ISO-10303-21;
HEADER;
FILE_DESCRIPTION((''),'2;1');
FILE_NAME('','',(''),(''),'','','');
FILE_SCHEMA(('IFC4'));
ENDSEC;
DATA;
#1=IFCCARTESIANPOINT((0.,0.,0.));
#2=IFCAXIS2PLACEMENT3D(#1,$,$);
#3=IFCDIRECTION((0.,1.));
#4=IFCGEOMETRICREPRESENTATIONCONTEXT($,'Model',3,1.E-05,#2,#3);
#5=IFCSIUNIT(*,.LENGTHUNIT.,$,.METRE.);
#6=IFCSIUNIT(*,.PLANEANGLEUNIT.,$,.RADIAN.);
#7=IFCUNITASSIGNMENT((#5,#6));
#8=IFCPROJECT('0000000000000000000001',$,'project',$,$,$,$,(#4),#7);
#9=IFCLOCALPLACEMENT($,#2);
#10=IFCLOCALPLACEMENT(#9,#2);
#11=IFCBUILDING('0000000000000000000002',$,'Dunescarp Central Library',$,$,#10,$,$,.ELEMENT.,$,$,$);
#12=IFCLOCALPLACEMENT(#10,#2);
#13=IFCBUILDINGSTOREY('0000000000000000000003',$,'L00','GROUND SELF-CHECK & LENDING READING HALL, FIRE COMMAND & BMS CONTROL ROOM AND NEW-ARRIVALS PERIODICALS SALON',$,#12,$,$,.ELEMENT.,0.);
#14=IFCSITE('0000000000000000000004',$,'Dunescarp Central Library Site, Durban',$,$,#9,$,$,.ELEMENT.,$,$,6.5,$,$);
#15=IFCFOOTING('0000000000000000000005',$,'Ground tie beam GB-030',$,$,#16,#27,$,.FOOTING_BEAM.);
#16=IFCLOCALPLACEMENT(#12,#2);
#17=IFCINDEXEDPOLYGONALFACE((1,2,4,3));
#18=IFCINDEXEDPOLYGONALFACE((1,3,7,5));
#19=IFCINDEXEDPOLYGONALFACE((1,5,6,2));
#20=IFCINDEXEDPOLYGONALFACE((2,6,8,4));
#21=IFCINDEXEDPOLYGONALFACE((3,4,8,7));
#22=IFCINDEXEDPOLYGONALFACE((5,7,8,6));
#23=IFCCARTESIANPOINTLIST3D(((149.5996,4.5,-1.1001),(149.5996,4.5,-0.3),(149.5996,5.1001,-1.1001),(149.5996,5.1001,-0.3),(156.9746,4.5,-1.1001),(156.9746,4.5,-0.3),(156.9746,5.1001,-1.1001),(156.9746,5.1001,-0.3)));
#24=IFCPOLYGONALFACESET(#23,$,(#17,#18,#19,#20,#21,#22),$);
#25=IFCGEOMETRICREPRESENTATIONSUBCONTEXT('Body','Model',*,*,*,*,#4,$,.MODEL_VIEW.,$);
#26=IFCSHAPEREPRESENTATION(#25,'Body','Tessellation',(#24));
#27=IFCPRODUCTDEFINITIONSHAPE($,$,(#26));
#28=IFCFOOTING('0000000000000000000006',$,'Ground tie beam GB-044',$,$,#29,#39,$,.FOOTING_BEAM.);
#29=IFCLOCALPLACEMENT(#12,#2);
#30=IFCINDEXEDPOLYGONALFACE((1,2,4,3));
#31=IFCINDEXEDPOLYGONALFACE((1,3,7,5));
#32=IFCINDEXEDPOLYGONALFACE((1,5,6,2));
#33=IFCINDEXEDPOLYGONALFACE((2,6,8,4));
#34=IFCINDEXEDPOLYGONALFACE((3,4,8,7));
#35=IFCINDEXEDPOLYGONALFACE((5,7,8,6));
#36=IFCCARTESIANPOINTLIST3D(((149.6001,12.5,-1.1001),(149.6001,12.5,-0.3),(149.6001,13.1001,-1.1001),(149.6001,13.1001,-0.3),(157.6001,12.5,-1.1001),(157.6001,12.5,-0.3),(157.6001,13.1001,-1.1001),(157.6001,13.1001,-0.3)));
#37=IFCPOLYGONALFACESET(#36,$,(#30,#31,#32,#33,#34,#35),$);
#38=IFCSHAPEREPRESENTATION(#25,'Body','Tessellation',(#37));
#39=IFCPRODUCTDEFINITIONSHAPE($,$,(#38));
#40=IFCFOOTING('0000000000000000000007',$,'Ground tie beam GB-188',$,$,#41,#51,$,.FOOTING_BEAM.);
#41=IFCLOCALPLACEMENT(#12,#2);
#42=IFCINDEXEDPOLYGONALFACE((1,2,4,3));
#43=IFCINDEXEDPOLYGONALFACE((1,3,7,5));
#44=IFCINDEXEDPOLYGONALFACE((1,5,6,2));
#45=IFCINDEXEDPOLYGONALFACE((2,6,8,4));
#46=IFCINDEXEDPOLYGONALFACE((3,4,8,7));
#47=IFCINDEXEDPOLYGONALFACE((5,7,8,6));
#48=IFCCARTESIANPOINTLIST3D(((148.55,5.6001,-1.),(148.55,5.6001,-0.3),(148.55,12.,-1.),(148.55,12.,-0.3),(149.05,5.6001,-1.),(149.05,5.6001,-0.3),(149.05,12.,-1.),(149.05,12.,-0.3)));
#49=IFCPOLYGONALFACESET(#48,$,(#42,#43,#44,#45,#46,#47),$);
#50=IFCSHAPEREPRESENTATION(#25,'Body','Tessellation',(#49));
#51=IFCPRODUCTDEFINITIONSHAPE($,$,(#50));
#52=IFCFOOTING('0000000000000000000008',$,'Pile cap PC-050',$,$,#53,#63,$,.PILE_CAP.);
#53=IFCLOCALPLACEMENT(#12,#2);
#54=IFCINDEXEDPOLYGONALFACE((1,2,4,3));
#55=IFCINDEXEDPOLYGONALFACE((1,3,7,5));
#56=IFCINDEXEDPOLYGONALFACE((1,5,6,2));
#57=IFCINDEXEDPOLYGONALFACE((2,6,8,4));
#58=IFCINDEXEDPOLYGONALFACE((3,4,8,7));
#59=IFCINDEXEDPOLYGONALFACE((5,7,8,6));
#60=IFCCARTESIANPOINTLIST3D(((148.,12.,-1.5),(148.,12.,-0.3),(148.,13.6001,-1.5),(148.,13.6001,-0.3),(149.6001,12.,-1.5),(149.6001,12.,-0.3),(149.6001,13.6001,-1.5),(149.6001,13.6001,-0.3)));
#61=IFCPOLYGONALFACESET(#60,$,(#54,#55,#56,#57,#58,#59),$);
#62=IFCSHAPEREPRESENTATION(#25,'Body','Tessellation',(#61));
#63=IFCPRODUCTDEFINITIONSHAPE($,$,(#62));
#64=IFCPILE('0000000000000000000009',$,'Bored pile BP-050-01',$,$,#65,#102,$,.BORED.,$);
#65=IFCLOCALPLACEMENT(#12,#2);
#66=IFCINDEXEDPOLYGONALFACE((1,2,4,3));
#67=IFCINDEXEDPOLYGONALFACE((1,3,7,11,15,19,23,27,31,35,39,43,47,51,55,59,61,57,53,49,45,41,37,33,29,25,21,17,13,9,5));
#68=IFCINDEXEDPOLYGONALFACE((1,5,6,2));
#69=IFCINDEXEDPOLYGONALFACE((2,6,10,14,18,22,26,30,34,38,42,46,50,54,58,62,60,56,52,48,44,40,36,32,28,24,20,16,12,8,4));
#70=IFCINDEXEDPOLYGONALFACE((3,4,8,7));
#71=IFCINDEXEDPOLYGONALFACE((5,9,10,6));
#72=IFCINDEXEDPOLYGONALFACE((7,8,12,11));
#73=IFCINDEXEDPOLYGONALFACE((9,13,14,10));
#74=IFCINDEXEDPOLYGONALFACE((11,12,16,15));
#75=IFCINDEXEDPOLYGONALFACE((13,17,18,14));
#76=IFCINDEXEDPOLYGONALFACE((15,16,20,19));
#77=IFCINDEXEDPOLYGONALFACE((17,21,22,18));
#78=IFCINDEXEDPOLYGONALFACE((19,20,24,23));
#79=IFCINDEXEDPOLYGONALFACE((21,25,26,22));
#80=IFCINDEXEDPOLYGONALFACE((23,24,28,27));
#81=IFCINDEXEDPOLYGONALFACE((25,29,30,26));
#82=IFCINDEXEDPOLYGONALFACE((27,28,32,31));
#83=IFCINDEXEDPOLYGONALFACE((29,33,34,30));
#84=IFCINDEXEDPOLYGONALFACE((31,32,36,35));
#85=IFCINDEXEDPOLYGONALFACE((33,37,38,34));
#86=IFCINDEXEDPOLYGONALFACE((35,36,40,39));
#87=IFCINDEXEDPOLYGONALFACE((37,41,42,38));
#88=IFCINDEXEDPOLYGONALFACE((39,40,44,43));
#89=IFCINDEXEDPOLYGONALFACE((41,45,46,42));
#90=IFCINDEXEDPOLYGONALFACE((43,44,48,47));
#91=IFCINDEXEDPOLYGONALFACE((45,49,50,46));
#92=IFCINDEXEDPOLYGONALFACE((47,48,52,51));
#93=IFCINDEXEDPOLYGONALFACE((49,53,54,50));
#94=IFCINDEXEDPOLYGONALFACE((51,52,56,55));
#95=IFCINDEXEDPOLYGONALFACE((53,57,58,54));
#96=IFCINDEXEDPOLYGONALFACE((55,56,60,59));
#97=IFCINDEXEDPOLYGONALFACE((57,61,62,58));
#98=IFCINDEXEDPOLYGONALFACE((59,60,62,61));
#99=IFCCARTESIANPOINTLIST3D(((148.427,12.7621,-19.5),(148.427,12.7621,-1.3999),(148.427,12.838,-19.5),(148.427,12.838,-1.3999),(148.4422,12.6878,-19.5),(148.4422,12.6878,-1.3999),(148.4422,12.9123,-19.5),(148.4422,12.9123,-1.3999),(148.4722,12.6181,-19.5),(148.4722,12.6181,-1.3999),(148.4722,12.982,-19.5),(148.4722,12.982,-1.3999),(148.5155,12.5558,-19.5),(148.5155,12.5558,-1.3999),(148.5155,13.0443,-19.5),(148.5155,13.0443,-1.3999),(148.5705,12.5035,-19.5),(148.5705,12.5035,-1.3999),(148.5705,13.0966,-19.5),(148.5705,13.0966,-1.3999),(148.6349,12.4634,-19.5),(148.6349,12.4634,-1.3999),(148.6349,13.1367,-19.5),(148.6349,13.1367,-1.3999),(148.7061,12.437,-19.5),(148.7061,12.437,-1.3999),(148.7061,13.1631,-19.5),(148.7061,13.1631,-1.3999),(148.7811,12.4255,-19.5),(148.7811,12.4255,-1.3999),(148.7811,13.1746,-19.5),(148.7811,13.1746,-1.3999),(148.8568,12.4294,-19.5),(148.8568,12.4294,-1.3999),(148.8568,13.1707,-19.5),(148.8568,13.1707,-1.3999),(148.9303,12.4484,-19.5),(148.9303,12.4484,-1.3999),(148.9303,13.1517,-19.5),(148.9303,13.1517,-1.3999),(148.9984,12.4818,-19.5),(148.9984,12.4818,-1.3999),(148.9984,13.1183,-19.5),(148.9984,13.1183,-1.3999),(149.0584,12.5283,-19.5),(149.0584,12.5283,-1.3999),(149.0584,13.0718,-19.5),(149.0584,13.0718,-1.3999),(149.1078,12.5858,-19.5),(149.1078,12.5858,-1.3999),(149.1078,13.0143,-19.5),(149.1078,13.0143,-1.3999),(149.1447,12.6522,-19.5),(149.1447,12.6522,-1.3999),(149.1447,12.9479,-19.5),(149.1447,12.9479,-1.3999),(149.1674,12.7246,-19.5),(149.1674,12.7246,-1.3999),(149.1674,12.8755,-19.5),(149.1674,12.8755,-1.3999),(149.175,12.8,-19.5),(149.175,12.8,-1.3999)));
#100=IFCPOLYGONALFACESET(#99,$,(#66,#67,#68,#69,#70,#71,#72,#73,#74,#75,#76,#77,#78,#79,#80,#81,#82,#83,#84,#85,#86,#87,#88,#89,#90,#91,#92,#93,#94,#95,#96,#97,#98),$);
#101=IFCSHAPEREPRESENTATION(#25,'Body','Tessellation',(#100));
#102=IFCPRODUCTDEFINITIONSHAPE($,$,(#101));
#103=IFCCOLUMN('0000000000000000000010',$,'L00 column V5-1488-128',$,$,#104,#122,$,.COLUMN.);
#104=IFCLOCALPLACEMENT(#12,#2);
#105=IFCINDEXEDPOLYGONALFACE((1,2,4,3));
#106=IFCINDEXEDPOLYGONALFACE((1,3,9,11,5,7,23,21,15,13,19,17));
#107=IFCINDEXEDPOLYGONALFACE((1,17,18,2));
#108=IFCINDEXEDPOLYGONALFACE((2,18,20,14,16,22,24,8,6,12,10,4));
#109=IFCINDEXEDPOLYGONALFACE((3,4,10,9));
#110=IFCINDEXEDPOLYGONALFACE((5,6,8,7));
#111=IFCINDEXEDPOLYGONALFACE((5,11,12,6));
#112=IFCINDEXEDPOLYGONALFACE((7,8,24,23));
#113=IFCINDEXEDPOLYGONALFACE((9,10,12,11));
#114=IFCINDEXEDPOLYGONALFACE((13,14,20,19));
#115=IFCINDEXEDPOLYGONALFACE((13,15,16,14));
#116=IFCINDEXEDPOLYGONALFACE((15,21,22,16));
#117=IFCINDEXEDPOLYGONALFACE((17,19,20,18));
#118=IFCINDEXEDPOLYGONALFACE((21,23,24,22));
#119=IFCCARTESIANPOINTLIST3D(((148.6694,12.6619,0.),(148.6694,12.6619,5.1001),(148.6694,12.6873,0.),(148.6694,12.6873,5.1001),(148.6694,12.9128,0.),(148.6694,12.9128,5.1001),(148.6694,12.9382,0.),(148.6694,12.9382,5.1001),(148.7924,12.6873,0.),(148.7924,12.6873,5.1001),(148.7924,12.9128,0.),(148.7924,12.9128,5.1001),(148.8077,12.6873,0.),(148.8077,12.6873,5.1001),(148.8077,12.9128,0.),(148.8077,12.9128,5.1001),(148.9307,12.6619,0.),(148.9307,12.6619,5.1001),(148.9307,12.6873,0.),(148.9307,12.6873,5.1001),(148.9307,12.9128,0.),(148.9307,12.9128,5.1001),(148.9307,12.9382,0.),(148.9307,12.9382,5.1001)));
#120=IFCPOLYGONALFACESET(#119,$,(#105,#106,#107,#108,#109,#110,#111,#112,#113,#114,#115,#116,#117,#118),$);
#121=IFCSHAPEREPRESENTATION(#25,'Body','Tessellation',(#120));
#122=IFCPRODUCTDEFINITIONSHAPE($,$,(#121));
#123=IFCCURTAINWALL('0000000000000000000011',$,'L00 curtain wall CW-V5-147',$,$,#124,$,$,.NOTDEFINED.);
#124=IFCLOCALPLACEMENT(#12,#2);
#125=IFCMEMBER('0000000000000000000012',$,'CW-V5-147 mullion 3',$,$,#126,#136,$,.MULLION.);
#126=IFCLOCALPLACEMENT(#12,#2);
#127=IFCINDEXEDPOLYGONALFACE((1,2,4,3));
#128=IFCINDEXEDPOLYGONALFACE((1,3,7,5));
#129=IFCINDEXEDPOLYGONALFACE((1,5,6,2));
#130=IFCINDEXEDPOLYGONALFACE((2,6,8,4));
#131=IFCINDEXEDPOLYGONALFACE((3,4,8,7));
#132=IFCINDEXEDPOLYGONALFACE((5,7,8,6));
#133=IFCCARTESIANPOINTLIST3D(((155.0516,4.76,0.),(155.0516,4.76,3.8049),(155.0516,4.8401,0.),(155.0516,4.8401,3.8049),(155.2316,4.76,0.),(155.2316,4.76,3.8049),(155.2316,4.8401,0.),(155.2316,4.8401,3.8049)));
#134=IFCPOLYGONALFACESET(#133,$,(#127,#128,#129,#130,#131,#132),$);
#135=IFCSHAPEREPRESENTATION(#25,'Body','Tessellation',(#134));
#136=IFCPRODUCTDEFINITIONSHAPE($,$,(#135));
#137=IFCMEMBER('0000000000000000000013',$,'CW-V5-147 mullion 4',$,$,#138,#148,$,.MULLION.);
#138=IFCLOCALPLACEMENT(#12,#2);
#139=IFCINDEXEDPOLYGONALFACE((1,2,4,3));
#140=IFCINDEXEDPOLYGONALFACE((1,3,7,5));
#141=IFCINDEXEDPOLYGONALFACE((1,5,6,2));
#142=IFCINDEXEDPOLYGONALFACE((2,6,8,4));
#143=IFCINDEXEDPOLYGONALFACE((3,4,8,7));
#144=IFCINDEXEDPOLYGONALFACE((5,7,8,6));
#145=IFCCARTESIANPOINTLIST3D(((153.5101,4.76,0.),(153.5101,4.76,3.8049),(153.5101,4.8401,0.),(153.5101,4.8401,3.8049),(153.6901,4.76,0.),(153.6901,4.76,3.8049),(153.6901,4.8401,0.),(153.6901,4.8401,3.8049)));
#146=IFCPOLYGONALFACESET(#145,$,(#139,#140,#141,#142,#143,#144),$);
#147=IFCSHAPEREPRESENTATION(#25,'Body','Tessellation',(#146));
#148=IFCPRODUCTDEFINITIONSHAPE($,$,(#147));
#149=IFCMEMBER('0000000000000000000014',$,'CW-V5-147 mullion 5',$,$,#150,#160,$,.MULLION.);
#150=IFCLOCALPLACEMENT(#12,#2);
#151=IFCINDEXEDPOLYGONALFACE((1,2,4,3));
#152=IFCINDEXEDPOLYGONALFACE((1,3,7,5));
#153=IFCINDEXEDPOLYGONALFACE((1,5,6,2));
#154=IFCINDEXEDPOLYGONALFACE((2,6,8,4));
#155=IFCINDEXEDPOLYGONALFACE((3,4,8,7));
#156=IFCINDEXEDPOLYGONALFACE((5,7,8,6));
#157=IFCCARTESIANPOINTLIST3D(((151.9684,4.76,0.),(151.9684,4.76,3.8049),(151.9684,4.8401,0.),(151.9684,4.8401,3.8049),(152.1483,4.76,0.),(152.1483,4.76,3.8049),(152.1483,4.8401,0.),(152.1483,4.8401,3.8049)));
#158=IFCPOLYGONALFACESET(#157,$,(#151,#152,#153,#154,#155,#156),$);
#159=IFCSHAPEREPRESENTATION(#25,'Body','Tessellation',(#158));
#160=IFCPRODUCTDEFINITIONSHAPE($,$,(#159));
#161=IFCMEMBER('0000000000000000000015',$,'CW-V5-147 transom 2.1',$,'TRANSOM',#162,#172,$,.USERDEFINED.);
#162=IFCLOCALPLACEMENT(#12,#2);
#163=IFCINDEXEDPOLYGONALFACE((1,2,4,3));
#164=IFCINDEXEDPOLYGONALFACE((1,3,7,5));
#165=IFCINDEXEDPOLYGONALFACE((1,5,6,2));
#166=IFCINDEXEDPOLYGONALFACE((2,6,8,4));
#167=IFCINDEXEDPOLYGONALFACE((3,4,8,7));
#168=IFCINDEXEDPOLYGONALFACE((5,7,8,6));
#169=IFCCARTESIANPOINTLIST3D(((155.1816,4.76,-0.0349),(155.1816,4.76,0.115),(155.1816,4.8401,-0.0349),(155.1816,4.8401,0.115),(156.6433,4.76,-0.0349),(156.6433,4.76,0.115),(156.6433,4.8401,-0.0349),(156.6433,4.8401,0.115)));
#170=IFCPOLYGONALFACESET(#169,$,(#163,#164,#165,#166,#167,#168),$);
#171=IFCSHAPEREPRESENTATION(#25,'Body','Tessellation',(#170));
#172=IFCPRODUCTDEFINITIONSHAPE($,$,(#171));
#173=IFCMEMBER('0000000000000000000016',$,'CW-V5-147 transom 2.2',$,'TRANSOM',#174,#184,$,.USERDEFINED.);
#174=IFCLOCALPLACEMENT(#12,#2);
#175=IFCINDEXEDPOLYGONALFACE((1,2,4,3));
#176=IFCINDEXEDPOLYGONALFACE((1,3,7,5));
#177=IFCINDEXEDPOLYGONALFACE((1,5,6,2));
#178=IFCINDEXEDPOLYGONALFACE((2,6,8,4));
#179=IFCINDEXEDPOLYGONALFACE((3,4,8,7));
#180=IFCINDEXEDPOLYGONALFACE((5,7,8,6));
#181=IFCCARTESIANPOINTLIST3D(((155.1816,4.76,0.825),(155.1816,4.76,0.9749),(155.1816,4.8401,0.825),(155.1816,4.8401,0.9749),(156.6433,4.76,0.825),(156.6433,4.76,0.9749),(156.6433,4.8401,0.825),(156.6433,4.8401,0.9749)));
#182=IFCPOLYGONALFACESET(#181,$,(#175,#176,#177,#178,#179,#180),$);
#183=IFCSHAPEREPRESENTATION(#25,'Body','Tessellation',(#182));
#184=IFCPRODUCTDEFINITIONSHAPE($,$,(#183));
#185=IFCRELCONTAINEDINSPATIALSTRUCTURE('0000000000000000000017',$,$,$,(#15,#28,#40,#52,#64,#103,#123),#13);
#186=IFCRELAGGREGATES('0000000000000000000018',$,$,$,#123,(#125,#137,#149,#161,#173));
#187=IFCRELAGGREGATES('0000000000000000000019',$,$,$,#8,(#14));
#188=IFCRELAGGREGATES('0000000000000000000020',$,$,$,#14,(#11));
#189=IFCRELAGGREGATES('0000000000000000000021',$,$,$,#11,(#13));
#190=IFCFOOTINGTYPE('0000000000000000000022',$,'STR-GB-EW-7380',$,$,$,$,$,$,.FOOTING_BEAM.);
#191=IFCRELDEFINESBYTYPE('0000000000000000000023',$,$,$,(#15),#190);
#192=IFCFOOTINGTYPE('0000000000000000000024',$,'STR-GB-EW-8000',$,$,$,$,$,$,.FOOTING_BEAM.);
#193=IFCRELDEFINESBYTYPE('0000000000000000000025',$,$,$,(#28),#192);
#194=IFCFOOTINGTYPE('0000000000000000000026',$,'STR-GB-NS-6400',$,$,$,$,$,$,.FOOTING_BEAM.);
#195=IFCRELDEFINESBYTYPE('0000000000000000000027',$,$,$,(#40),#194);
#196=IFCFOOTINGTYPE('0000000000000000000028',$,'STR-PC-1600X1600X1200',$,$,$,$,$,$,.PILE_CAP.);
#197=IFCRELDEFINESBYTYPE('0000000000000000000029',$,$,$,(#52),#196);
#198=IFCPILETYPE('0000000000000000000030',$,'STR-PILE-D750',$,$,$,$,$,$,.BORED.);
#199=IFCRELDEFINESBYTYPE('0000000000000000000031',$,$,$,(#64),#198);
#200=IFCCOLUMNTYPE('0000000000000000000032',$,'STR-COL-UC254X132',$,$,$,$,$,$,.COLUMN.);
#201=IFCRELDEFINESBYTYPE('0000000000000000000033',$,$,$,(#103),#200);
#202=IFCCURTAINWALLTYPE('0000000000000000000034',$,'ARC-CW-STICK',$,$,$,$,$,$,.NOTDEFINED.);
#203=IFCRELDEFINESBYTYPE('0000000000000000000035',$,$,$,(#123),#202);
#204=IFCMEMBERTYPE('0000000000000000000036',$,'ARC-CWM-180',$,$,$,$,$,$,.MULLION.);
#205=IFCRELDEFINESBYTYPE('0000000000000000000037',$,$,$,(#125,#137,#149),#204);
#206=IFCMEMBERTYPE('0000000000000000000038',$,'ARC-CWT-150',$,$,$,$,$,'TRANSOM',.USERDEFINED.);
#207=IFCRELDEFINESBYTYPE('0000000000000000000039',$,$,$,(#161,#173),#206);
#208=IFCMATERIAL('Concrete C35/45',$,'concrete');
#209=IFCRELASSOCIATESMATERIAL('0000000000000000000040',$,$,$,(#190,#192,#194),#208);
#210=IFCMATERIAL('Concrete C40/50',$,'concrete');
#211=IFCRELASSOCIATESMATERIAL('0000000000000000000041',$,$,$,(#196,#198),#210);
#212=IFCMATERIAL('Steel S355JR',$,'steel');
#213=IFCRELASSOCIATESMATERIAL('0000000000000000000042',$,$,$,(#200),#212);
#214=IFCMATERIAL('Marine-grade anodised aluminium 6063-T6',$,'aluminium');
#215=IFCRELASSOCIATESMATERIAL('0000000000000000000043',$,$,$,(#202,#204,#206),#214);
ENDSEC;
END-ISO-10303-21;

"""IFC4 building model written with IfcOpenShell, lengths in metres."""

from ifc_helpers import new_model, si_unit, direction, frame, origin, origin_2d, place, context, subcontext, project, spatial, rectangle, circle, i_section, extrude, material, material_profile, profile_set, type_object, element, aggregate, save


model = new_model("IFC4")

# Units and contexts
model_context = context("Model", 3, precision=1e-05, world=origin(), true_north=direction((0.0, 1.0)))
body_context = subcontext(model_context, "Body", "Model", "MODEL_VIEW")
ifc_project = project(units=[si_unit("LENGTHUNIT", "METRE"), si_unit("PLANEANGLEUNIT", "RADIAN")], contexts=[model_context])

# Site, building, storey
site_placement = place(None, origin())
site = spatial("IfcSite", under=ifc_project, at=site_placement, Name="Dunescarp Central Library Site, Durban", CompositionType="ELEMENT", RefElevation=6.5)
building_placement = place(site_placement, origin())
building = spatial("IfcBuilding", under=site, at=building_placement, Name="Dunescarp Central Library", CompositionType="ELEMENT")
storey_placement = place(building_placement, origin())
storey = spatial("IfcBuildingStorey", under=building, at=storey_placement, Name="L00", Description="GROUND SELF-CHECK & LENDING READING HALL, FIRE COMMAND & BMS CONTROL ROOM AND NEW-ARRIVALS PERIODICALS SALON", CompositionType="ELEMENT", Elevation=0.0)

# Footings
ifc_material_1 = material(Name="Concrete C35/45", Category="concrete")
footing_type_1 = type_object("IfcFootingType", Name="STR-GB-EW-7380", PredefinedType="FOOTING_BEAM", material=ifc_material_1)
footing_1_placement = place(storey_placement, frame((153.2871, 4.8, -1.1001), z_axis=(0.0, 0.0, 1.0), x_axis=(1.0, 0.0, 0.0)))
element("IfcFooting", 1, at=footing_1_placement, inside=storey, type_object=footing_type_1, Name="Ground tie beam GB-030", PredefinedType="FOOTING_BEAM", context=body_context, shape_type="SweptSolid", body=[
    extrude(rectangle(XDim=7.375, YDim=0.6001, at=origin_2d()), origin(), (0.0, 0.0, 1.0), 0.8),
])
footing_type_2 = type_object("IfcFootingType", Name="STR-GB-EW-8000", PredefinedType="FOOTING_BEAM", material=ifc_material_1)
footing_2_placement = place(storey_placement, frame((153.6001, 12.8, -1.1001), z_axis=(0.0, 0.0, 1.0), x_axis=(1.0, 0.0, 0.0)))
element("IfcFooting", 2, at=footing_2_placement, inside=storey, type_object=footing_type_2, Name="Ground tie beam GB-044", PredefinedType="FOOTING_BEAM", context=body_context, shape_type="SweptSolid", body=[
    extrude(rectangle(XDim=8.0, YDim=0.6001, at=origin_2d()), origin(), (0.0, 0.0, 1.0), 0.8),
])
footing_type_3 = type_object("IfcFootingType", Name="STR-GB-NS-6400", PredefinedType="FOOTING_BEAM", material=ifc_material_1)
footing_3_placement = place(storey_placement, frame((148.8, 8.8, -1.0), z_axis=(0.0, 0.0, 1.0), x_axis=(0.0, 1.0, 0.0)))
element("IfcFooting", 3, at=footing_3_placement, inside=storey, type_object=footing_type_3, Name="Ground tie beam GB-188", PredefinedType="FOOTING_BEAM", context=body_context, shape_type="SweptSolid", body=[
    extrude(rectangle(XDim=6.3999, YDim=0.5, at=origin_2d()), origin(), (0.0, 0.0, 1.0), 0.7),
])
ifc_material_2 = material(Name="Concrete C40/50", Category="concrete")
footing_type_4 = type_object("IfcFootingType", Name="STR-PC-1600X1600X1200", PredefinedType="PILE_CAP", material=ifc_material_2)
footing_4_placement = place(storey_placement, frame((148.8, 12.8, -1.5), z_axis=(0.0, 0.0, 1.0), x_axis=(1.0, 0.0, 0.0)))
element("IfcFooting", 4, at=footing_4_placement, inside=storey, type_object=footing_type_4, Name="Pile cap PC-050", PredefinedType="PILE_CAP", context=body_context, shape_type="SweptSolid", body=[
    extrude(rectangle(XDim=1.6001, YDim=1.6001, at=origin_2d()), origin(), (0.0, 0.0, 1.0), 1.2),
])

# Pile
ifc_material_profile_1 = material_profile(ifc_material_2, circle(Radius=0.375, at=origin_2d()), Name="PILE D750")
ifc_profile_set_1 = profile_set([ifc_material_profile_1], Name="Concrete C40/50")
pile_type = type_object("IfcPileType", Name="STR-PILE-D750", PredefinedType="BORED", material=ifc_profile_set_1)
pile_placement = place(storey_placement, frame((148.8, 12.8, -1.3999), z_axis=(0.0, 0.0, -1.0), x_axis=(1.0, 0.0, 0.0)))
element("IfcPile", 5, at=pile_placement, inside=storey, type_object=pile_type, Name="Bored pile BP-050-01", PredefinedType="BORED", context=body_context, shape_type="SweptSolid", body=[
    extrude(circle(Radius=0.375, at=origin_2d()), origin(), (0.0, 0.0, 1.0), 18.1001),
])

# Column
ifc_material_3 = material(Name="Steel S355JR", Category="steel")
ifc_material_profile_2 = material_profile(ifc_material_3, i_section(OverallWidth=0.2612, OverallDepth=0.2764, WebThickness=0.0154, FlangeThickness=0.0254, at=origin_2d()), Name="UC 254x254x132")
ifc_profile_set_2 = profile_set([ifc_material_profile_2], Name="Steel S355JR")
column_type = type_object("IfcColumnType", Name="STR-COL-UC254X132", PredefinedType="COLUMN", material=ifc_profile_set_2)
column_placement = place(storey_placement, frame((148.8, 12.8, 0.0), z_axis=(0.0, 0.0, 1.0), x_axis=(1.0, 0.0, 0.0)))
element("IfcColumn", 6, at=column_placement, inside=storey, type_object=column_type, Name="L00 column V5-1488-128", PredefinedType="COLUMN", context=body_context, shape_type="SweptSolid", body=[
    extrude(i_section(OverallWidth=0.2612, OverallDepth=0.2764, WebThickness=0.0154, FlangeThickness=0.0254, at=origin_2d()), origin(), (0.0, 0.0, 1.0), 5.1001),
])

# Curtain wall, members
ifc_material_4 = material(Name="Marine-grade anodised aluminium 6063-T6", Category="aluminium")
curtain_wall_type = type_object("IfcCurtainWallType", Name="ARC-CW-STICK", PredefinedType="NOTDEFINED", material=ifc_material_4)
curtain_wall_placement = place(storey_placement, origin())
curtain_wall = element("IfcCurtainWall", 7, at=curtain_wall_placement, inside=storey, type_object=curtain_wall_type, Name="L00 curtain wall CW-V5-147", PredefinedType="NOTDEFINED")
ifc_material_profile_3 = material_profile(ifc_material_4, rectangle(XDim=0.0801, YDim=0.1799, at=origin_2d()), Name="AL 80x180")
ifc_profile_set_3 = profile_set([ifc_material_profile_3], Name="Marine-grade anodised aluminium 6063-T6")
member_type_1 = type_object("IfcMemberType", Name="ARC-CWM-180", PredefinedType="MULLION", material=ifc_profile_set_3)
member_1_placement = place(storey_placement, frame((155.1416, 4.8, 0.0), z_axis=(0.0, 0.0, 1.0), x_axis=(0.0, -1.0, 0.0)))
member_1 = element("IfcMember", 8, at=member_1_placement, type_object=member_type_1, Name="CW-V5-147 mullion 3", PredefinedType="MULLION", context=body_context, shape_type="SweptSolid", body=[
    extrude(rectangle(XDim=0.0801, YDim=0.1799, at=origin_2d()), origin(), (0.0, 0.0, 1.0), 3.8049),
])
member_2_placement = place(storey_placement, frame((153.6001, 4.8, 0.0), z_axis=(0.0, 0.0, 1.0), x_axis=(0.0, -1.0, 0.0)))
member_2 = element("IfcMember", 9, at=member_2_placement, type_object=member_type_1, Name="CW-V5-147 mullion 4", PredefinedType="MULLION", context=body_context, shape_type="SweptSolid", body=[
    extrude(rectangle(XDim=0.0801, YDim=0.1799, at=origin_2d()), origin(), (0.0, 0.0, 1.0), 3.8049),
])
member_3_placement = place(storey_placement, frame((152.0583, 4.8, 0.0), z_axis=(0.0, 0.0, 1.0), x_axis=(0.0, -1.0, 0.0)))
member_3 = element("IfcMember", 10, at=member_3_placement, type_object=member_type_1, Name="CW-V5-147 mullion 5", PredefinedType="MULLION", context=body_context, shape_type="SweptSolid", body=[
    extrude(rectangle(XDim=0.0801, YDim=0.1799, at=origin_2d()), origin(), (0.0, 0.0, 1.0), 3.8049),
])
ifc_material_profile_4 = material_profile(ifc_material_4, rectangle(XDim=0.0801, YDim=0.1499, at=origin_2d()), Name="AL 80x150")
ifc_profile_set_4 = profile_set([ifc_material_profile_4], Name="Marine-grade anodised aluminium 6063-T6")
member_type_2 = type_object("IfcMemberType", Name="ARC-CWT-150", ElementType="TRANSOM", PredefinedType="USERDEFINED", material=ifc_profile_set_4)
member_4_placement = place(storey_placement, frame((156.6433, 4.8, 0.04), z_axis=(-1.0, 0.0, 0.0), x_axis=(0.0, -1.0, 0.0)))
member_4 = element("IfcMember", 11, at=member_4_placement, type_object=member_type_2, Name="CW-V5-147 transom 2.1", ObjectType="TRANSOM", PredefinedType="USERDEFINED", context=body_context, shape_type="SweptSolid", body=[
    extrude(rectangle(XDim=0.0801, YDim=0.1499, at=origin_2d()), origin(), (0.0, 0.0, 1.0), 1.4617),
])
member_5_placement = place(storey_placement, frame((156.6433, 4.8, 0.8999), z_axis=(-1.0, 0.0, 0.0), x_axis=(0.0, -1.0, 0.0)))
member_5 = element("IfcMember", 12, at=member_5_placement, type_object=member_type_2, Name="CW-V5-147 transom 2.2", ObjectType="TRANSOM", PredefinedType="USERDEFINED", context=body_context, shape_type="SweptSolid", body=[
    extrude(rectangle(XDim=0.0801, YDim=0.1499, at=origin_2d()), origin(), (0.0, 0.0, 1.0), 1.4617),
])
aggregate(curtain_wall, [member_1, member_2, member_3, member_4, member_5])

save(model, "model.ifc")
